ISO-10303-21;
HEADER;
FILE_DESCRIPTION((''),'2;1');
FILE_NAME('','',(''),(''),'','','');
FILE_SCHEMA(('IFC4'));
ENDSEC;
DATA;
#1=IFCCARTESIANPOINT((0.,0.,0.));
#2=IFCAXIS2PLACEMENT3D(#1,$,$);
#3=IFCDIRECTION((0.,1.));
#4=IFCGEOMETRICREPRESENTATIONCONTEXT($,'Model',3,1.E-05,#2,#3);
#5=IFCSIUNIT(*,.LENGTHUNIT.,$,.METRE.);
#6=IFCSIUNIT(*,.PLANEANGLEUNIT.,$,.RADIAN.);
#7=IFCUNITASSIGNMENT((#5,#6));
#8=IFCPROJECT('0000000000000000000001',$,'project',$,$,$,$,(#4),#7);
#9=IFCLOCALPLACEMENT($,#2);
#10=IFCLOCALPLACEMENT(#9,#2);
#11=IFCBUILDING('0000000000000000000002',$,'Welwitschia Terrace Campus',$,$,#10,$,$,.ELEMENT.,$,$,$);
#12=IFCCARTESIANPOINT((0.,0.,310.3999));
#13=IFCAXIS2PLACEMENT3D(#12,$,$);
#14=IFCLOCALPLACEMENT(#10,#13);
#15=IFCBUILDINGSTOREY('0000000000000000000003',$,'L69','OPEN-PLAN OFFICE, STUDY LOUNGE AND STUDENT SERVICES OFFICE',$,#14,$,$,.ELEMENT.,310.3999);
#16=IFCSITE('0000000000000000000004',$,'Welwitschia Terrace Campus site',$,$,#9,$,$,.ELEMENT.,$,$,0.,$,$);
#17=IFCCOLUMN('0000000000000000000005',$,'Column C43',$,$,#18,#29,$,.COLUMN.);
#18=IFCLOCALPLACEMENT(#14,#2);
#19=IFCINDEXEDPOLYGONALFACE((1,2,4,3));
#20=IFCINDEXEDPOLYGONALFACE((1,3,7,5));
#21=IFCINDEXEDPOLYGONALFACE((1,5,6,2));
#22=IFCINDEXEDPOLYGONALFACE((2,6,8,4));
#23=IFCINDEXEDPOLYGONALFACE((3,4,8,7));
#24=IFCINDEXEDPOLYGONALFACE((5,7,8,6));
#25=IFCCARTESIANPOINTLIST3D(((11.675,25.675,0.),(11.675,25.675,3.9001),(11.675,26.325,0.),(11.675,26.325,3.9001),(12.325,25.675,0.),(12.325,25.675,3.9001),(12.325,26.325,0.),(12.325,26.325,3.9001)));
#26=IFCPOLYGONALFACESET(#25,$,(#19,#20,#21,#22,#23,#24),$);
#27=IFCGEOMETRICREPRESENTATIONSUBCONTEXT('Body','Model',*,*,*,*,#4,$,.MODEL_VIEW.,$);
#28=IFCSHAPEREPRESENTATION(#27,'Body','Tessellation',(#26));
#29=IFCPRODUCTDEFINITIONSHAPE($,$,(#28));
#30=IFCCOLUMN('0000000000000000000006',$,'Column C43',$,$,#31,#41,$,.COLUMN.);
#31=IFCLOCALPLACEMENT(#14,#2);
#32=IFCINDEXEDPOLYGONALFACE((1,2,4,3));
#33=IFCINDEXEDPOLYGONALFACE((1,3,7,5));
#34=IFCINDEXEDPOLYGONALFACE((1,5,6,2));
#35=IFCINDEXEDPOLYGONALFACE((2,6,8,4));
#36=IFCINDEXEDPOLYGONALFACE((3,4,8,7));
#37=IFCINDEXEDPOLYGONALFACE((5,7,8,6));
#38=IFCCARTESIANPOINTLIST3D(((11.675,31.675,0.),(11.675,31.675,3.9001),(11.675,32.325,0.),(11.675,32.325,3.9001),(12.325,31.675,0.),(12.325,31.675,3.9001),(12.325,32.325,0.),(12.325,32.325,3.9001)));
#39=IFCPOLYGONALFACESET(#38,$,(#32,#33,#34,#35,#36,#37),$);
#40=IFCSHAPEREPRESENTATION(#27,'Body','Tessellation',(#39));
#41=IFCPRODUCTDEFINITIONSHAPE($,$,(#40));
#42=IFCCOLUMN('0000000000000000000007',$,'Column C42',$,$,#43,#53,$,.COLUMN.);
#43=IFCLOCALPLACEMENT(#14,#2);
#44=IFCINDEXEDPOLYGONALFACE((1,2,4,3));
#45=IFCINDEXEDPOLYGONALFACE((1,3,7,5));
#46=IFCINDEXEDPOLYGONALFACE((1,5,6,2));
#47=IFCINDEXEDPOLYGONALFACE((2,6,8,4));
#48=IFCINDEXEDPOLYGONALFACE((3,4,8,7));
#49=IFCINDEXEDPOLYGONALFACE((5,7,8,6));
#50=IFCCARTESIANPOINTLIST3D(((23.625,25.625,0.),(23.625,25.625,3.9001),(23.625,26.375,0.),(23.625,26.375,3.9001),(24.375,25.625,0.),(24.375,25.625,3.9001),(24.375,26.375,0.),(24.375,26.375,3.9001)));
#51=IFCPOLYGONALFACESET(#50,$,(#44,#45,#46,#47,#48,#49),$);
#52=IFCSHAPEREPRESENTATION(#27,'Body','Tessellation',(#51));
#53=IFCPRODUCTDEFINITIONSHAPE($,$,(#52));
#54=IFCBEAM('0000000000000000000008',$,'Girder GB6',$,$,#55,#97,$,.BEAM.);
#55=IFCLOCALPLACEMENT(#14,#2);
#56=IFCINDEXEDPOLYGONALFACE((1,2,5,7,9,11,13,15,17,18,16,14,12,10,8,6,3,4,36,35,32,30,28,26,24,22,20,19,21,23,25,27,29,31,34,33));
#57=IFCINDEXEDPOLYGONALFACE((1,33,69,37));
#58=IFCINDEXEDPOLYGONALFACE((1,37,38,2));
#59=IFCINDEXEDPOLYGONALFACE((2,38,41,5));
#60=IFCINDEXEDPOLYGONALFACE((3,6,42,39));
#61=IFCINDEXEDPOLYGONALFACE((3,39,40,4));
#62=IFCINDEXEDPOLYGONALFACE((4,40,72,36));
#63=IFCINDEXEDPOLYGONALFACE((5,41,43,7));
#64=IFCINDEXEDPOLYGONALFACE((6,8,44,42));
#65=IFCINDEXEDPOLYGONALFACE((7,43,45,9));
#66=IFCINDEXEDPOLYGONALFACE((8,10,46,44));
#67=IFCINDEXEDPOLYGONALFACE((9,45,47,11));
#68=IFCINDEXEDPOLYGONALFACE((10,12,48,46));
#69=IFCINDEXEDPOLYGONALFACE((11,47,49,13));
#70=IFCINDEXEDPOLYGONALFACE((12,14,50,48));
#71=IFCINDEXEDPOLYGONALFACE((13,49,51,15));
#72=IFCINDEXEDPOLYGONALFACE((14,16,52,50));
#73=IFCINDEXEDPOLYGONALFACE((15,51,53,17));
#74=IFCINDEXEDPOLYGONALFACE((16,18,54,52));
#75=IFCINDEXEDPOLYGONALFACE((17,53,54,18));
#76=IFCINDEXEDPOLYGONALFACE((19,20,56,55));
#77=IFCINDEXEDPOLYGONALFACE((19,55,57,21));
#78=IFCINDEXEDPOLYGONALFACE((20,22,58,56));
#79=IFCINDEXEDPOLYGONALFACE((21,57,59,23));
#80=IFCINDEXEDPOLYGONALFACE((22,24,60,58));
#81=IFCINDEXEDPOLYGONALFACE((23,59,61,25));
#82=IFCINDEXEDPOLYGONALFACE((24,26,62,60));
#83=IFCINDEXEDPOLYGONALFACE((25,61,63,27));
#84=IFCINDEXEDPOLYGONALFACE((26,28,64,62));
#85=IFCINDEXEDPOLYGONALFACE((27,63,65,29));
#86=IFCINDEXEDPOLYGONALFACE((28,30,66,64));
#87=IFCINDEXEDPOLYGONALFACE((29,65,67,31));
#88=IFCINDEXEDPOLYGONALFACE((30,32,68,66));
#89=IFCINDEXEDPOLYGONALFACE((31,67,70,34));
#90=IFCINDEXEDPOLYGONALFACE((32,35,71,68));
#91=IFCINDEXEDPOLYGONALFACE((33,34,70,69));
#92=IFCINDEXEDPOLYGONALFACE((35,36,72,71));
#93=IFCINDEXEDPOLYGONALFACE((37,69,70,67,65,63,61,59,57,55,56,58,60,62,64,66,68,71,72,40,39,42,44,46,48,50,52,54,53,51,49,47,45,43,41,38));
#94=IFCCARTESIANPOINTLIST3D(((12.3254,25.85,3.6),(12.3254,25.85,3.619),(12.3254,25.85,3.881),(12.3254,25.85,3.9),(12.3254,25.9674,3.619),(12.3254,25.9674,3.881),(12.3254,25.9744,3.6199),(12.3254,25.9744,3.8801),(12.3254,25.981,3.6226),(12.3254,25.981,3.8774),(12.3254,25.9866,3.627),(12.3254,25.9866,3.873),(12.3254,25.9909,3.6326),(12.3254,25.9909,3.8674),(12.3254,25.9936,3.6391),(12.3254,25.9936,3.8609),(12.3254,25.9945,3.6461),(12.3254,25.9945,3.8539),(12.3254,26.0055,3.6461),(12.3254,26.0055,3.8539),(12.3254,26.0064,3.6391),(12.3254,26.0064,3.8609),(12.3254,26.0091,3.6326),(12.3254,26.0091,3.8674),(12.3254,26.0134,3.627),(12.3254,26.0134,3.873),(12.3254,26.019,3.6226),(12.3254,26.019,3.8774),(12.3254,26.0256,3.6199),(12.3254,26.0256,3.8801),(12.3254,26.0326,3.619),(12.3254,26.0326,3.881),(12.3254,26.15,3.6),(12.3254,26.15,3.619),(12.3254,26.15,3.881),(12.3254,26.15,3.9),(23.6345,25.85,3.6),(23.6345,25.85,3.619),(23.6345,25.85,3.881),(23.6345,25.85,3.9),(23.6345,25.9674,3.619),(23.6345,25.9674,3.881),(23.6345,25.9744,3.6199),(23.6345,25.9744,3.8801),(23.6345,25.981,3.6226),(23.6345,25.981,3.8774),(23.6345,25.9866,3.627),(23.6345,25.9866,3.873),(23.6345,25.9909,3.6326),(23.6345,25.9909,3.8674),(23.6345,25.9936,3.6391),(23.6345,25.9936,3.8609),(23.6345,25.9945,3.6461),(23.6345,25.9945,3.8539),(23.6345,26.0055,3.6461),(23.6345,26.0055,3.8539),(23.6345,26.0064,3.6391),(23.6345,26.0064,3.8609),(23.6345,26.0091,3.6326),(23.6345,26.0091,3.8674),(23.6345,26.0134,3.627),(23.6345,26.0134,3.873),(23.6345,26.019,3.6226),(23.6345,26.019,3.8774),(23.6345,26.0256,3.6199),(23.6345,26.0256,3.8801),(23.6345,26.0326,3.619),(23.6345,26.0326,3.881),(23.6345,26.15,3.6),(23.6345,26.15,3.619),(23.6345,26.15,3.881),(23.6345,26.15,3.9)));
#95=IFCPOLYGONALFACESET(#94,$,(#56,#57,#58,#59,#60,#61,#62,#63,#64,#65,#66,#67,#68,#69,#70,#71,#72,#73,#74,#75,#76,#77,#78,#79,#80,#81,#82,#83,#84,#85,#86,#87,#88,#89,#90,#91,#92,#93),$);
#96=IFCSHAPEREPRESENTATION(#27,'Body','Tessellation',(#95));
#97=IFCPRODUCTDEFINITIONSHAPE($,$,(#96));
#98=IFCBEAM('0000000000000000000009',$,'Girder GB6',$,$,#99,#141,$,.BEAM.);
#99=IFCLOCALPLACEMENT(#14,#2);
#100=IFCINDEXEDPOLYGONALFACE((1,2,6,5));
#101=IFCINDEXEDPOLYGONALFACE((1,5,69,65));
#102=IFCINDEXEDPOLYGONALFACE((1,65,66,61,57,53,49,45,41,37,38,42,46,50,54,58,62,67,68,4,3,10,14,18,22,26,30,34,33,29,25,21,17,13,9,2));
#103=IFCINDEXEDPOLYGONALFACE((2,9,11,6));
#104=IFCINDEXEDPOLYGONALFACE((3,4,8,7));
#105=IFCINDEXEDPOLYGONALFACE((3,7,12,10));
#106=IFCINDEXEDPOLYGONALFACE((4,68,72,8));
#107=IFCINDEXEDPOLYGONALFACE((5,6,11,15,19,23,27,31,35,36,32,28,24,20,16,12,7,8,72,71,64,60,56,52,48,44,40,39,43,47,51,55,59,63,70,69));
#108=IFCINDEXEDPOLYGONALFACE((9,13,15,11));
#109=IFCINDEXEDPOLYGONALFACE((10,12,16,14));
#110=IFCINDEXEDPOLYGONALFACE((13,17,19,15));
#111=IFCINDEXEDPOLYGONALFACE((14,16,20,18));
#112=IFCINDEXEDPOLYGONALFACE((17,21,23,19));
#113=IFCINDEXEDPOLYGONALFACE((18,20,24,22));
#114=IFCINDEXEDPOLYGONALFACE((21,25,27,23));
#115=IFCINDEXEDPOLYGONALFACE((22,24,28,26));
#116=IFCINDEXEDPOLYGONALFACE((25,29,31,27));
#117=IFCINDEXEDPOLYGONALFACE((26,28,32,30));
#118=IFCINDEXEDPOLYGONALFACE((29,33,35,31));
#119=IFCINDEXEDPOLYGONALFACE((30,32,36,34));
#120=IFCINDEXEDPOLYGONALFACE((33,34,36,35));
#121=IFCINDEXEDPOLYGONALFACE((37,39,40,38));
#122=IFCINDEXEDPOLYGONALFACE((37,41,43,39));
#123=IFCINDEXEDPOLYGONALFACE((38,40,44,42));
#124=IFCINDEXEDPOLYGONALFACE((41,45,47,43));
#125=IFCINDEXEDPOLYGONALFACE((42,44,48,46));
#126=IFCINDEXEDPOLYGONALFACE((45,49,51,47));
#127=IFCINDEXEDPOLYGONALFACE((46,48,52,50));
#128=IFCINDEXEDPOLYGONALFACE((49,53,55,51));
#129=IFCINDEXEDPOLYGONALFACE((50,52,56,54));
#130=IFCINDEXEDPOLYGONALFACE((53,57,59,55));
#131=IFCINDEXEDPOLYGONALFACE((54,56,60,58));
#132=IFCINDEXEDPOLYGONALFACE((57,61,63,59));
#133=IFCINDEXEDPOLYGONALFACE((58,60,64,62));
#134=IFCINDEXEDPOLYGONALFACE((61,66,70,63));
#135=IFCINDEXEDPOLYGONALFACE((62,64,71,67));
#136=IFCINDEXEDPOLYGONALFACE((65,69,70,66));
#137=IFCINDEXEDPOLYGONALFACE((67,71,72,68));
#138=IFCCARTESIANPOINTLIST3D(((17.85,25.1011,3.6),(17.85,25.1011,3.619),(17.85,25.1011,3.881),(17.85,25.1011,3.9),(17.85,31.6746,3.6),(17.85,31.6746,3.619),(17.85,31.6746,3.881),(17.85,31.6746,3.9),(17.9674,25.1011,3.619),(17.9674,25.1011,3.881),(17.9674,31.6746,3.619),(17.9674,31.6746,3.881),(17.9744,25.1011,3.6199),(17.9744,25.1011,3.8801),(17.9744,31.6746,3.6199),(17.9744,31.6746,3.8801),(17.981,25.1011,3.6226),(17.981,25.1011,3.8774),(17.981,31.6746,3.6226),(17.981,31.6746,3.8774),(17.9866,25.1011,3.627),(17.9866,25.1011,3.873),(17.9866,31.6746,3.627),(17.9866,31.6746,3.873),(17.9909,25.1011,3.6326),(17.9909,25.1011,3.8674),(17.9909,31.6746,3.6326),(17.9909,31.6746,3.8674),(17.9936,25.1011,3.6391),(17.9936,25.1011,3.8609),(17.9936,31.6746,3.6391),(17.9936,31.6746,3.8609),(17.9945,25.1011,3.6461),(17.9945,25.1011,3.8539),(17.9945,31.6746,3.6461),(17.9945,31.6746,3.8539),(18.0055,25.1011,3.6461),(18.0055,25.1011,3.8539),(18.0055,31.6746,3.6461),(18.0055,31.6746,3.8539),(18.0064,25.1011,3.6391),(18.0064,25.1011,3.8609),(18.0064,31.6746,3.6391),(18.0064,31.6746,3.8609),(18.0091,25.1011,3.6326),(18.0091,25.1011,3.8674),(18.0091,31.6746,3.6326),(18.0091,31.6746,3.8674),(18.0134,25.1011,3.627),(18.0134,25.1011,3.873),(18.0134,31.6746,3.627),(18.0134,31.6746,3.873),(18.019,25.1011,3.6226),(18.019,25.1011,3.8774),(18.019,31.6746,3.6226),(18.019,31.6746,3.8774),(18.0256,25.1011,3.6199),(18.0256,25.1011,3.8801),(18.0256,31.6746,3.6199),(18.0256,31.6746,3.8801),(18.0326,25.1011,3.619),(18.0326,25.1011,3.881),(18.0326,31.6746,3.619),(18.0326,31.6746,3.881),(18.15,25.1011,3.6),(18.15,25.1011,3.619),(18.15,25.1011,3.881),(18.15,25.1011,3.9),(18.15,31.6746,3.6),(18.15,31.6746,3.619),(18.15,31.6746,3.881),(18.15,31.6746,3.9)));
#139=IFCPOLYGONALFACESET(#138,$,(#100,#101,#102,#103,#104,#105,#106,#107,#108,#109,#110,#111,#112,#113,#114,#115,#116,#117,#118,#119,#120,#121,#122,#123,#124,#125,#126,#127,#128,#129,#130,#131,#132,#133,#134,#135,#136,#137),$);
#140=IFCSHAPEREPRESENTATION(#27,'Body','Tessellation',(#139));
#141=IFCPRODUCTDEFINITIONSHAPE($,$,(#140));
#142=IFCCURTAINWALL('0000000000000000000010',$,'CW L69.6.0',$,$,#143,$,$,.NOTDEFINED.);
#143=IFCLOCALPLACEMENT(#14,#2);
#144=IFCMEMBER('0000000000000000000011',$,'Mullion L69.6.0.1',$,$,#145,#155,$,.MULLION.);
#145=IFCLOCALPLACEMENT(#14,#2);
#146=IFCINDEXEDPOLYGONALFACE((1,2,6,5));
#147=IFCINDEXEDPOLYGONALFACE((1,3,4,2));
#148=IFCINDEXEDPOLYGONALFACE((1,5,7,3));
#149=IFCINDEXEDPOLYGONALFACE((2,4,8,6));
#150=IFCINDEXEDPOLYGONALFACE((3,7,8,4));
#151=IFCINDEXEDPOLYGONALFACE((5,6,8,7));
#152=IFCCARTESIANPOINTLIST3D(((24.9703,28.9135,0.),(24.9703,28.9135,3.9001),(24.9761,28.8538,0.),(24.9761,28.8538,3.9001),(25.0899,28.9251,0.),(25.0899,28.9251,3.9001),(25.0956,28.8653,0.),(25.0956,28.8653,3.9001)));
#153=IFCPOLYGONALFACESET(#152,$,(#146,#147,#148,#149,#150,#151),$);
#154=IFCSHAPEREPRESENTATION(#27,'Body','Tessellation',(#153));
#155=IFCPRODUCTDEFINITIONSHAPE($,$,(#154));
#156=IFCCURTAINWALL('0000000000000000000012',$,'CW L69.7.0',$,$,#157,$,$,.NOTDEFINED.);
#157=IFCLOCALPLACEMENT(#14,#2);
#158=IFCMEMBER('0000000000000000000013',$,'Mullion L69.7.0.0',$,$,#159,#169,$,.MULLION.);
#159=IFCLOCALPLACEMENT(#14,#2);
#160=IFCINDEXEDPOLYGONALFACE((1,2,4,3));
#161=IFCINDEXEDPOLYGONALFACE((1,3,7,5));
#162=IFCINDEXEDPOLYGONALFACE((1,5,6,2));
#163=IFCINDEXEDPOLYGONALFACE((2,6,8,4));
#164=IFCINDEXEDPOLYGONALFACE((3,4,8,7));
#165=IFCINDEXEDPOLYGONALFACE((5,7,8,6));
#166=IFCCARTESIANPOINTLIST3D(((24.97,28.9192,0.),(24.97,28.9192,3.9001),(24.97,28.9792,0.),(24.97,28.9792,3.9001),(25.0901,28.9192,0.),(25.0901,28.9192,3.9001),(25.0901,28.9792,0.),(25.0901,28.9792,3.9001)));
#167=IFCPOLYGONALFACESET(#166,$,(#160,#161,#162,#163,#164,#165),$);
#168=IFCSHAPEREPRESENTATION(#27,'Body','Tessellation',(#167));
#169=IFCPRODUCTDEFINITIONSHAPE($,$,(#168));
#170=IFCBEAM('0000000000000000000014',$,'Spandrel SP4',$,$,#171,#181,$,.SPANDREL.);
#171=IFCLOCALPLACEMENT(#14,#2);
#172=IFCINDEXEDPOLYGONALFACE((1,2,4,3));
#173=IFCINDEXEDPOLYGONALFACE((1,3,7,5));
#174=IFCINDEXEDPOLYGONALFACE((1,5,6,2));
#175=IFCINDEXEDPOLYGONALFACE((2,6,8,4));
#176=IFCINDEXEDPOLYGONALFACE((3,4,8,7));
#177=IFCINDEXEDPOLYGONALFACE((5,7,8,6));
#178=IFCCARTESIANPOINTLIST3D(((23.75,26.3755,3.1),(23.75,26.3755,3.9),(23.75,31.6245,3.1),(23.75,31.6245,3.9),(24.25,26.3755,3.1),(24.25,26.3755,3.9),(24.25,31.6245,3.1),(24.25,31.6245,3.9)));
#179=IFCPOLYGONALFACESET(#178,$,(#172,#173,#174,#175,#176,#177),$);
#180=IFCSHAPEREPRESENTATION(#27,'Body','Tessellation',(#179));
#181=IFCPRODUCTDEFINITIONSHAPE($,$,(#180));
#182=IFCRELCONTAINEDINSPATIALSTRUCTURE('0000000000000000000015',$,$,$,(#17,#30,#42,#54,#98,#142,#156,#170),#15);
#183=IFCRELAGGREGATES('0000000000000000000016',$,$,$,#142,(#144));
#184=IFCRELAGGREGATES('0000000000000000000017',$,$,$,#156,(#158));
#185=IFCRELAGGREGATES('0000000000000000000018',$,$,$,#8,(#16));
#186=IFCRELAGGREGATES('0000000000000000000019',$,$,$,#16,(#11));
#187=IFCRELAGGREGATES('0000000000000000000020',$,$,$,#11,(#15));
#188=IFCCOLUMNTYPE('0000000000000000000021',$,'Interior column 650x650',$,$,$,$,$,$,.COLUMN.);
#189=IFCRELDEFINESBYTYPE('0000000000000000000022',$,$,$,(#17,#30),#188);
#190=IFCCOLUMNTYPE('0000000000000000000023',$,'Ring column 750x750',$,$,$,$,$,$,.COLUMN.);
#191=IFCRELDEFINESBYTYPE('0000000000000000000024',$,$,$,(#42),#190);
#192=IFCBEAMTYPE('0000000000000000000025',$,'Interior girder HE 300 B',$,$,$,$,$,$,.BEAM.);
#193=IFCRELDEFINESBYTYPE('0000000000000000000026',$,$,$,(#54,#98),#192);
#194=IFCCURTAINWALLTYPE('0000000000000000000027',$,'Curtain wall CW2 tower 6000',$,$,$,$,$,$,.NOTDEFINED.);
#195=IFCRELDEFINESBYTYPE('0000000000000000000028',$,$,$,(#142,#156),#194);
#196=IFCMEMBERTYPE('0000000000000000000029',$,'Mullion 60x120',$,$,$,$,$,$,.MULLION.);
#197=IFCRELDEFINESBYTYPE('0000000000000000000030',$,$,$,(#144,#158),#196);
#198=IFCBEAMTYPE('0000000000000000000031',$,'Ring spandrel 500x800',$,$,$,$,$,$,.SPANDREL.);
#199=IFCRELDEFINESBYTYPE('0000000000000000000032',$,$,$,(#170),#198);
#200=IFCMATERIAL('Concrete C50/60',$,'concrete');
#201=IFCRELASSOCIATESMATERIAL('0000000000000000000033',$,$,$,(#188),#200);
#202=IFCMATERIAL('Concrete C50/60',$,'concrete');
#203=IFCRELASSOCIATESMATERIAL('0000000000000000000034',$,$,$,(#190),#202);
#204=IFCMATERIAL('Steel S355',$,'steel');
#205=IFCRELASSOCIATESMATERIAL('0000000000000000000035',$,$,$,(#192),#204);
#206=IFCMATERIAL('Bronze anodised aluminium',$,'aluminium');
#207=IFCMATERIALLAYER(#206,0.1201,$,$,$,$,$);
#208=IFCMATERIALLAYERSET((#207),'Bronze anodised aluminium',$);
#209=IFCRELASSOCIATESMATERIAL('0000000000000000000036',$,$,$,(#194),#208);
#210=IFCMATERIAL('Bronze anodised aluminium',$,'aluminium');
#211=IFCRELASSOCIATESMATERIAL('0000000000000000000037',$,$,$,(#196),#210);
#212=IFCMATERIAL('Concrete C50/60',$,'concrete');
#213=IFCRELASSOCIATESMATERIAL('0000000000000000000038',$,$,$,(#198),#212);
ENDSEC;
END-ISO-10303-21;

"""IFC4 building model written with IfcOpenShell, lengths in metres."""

from ifc_helpers import new_model, si_unit, direction, frame, origin, origin_2d, place, context, subcontext, project, spatial, rectangle, i_section, extrude, material, layer, layer_set, material_profile, profile_set, type_object, element, aggregate, save


model = new_model("IFC4")

# Units and contexts
model_context = context("Model", 3, precision=1e-05, world=origin(), true_north=direction((0.0, 1.0)))
body_context = subcontext(model_context, "Body", "Model", "MODEL_VIEW")
ifc_project = project(units=[si_unit("LENGTHUNIT", "METRE"), si_unit("PLANEANGLEUNIT", "RADIAN")], contexts=[model_context])

# Site, building, storey
site_placement = place(None, origin())
site = spatial("IfcSite", under=ifc_project, at=site_placement, Name="Welwitschia Terrace Campus site", CompositionType="ELEMENT", RefElevation=0.0)
building_placement = place(site_placement, origin())
building = spatial("IfcBuilding", under=site, at=building_placement, Name="Welwitschia Terrace Campus", CompositionType="ELEMENT")
storey_placement = place(building_placement, frame((0.0, 0.0, 310.3999)))
storey = spatial("IfcBuildingStorey", under=building, at=storey_placement, Name="L69", Description="OPEN-PLAN OFFICE, STUDY LOUNGE AND STUDENT SERVICES OFFICE", CompositionType="ELEMENT", Elevation=310.3999)

# Columns
ifc_material_1 = material(Name="Concrete C50/60", Category="concrete")
ifc_material_profile_1 = material_profile(ifc_material_1, rectangle(XDim=0.6499, YDim=0.6499, at=origin_2d()))
ifc_profile_set_1 = profile_set([ifc_material_profile_1], Name="Concrete C50/60")
column_type_1 = type_object("IfcColumnType", Name="Interior column 650x650", PredefinedType="COLUMN", material=ifc_profile_set_1)
for number, where, z_axis, x_axis, name in (
    (1, (12.0, 26.0, 0.0), (0.0, 0.0, 1.0), (1.0, 0.0, 0.0), "Column C43"),
    (2, (12.0, 32.0, 0.0), (0.0, 0.0, 1.0), (1.0, 0.0, 0.0), "Column C43"),
):
    element("IfcColumn", number, at=place(storey_placement, frame(where, z_axis=z_axis, x_axis=x_axis)), inside=storey, type_object=column_type_1, Name=name, PredefinedType="COLUMN", context=body_context, shape_type="SweptSolid", body=[
        extrude(rectangle(XDim=0.6499, YDim=0.6499, at=origin_2d()), origin(), (0.0, 0.0, 1.0), 3.9001),
    ])
ifc_material_2 = material(Name="Concrete C50/60", Category="concrete")
ifc_material_profile_2 = material_profile(ifc_material_2, rectangle(XDim=0.75, YDim=0.75, at=origin_2d()))
ifc_profile_set_2 = profile_set([ifc_material_profile_2], Name="Concrete C50/60")
column_type_2 = type_object("IfcColumnType", Name="Ring column 750x750", PredefinedType="COLUMN", material=ifc_profile_set_2)
column_placement = place(storey_placement, frame((24.0, 26.0, 0.0), z_axis=(0.0, 0.0, 1.0), x_axis=(1.0, 0.0, 0.0)))
element("IfcColumn", 3, at=column_placement, inside=storey, type_object=column_type_2, Name="Column C42", PredefinedType="COLUMN", context=body_context, shape_type="SweptSolid", body=[
    extrude(rectangle(XDim=0.75, YDim=0.75, at=origin_2d()), origin(), (0.0, 0.0, 1.0), 3.9001),
])

# Beams
ifc_material_3 = material(Name="Steel S355", Category="steel")
ifc_material_profile_3 = material_profile(ifc_material_3, i_section(OverallWidth=0.3, OverallDepth=0.3, WebThickness=0.011, FlangeThickness=0.019, FilletRadius=0.0271, at=origin_2d()))
ifc_profile_set_3 = profile_set([ifc_material_profile_3], Name="Steel S355")
beam_type_1 = type_object("IfcBeamType", Name="Interior girder HE 300 B", PredefinedType="BEAM", material=ifc_profile_set_3)
beam_1_placement = place(storey_placement, frame((12.3254, 26.0, 3.75), z_axis=(1.0, 0.0, 0.0), x_axis=(0.0, 1.0, 0.0)))
element("IfcBeam", 4, at=beam_1_placement, inside=storey, type_object=beam_type_1, Name="Girder GB6", PredefinedType="BEAM", context=body_context, shape_type="SweptSolid", body=[
    extrude(i_section(OverallWidth=0.3, OverallDepth=0.3, WebThickness=0.011, FlangeThickness=0.019, FilletRadius=0.0271, at=origin_2d()), origin(), (0.0, 0.0, 1.0), 11.3091),
])
beam_2_placement = place(storey_placement, frame((18.0, 25.1011, 3.75), z_axis=(0.0, 1.0, 0.0), x_axis=(-1.0, 0.0, 0.0)))
element("IfcBeam", 5, at=beam_2_placement, inside=storey, type_object=beam_type_1, Name="Girder GB6", PredefinedType="BEAM", context=body_context, shape_type="SweptSolid", body=[
    extrude(i_section(OverallWidth=0.3, OverallDepth=0.3, WebThickness=0.011, FlangeThickness=0.019, FilletRadius=0.0271, at=origin_2d()), origin(), (0.0, 0.0, 1.0), 6.5735),
])

# Curtain walls, members
ifc_material_4 = material(Name="Bronze anodised aluminium", Category="aluminium")
ifc_layer_1 = layer(ifc_material_4, 0.1201)
ifc_layer_set_1 = layer_set([ifc_layer_1], Name="Bronze anodised aluminium")
curtain_wall_type = type_object("IfcCurtainWallType", Name="Curtain wall CW2 tower 6000", PredefinedType="NOTDEFINED", material=ifc_layer_set_1)
curtain_wall_1_placement = place(storey_placement, origin())
curtain_wall_1 = element("IfcCurtainWall", 6, at=curtain_wall_1_placement, inside=storey, type_object=curtain_wall_type, Name="CW L69.6.0", PredefinedType="NOTDEFINED")
ifc_material_5 = material(Name="Bronze anodised aluminium", Category="aluminium")
ifc_material_profile_4 = material_profile(ifc_material_5, rectangle(XDim=0.1201, YDim=0.0601, at=origin_2d()))
ifc_profile_set_4 = profile_set([ifc_material_profile_4], Name="Bronze anodised aluminium")
member_type_1 = type_object("IfcMemberType", Name="Mullion 60x120", PredefinedType="MULLION", material=ifc_profile_set_4)
member_1_placement = place(storey_placement, frame((25.033, 28.8894, 0.0), z_axis=(0.0, 0.0, 1.0), x_axis=(-0.995396, -0.095846, 0.0)))
member_1 = element("IfcMember", 7, at=member_1_placement, type_object=member_type_1, Name="Mullion L69.6.0.1", PredefinedType="MULLION", context=body_context, shape_type="SweptSolid", body=[
    extrude(rectangle(XDim=0.1201, YDim=0.0601, at=origin_2d()), origin(), (0.0, 0.0, 1.0), 3.9001),
])
curtain_wall_2_placement = place(storey_placement, origin())
curtain_wall_2 = element("IfcCurtainWall", 8, at=curtain_wall_2_placement, inside=storey, type_object=curtain_wall_type, Name="CW L69.7.0", PredefinedType="NOTDEFINED")
member_2_placement = place(storey_placement, frame((25.03, 28.9492, 0.0), z_axis=(0.0, 0.0, 1.0), x_axis=(-1.0, 0.0, 0.0)))
member_2 = element("IfcMember", 9, at=member_2_placement, type_object=member_type_1, Name="Mullion L69.7.0.0", PredefinedType="MULLION", context=body_context, shape_type="SweptSolid", body=[
    extrude(rectangle(XDim=0.1201, YDim=0.0601, at=origin_2d()), origin(), (0.0, 0.0, 1.0), 3.9001),
])

# Beam
ifc_material_6 = material(Name="Concrete C50/60", Category="concrete")
ifc_material_profile_5 = material_profile(ifc_material_6, rectangle(XDim=0.5, YDim=0.8, at=origin_2d()))
ifc_profile_set_5 = profile_set([ifc_material_profile_5], Name="Concrete C50/60")
beam_type_2 = type_object("IfcBeamType", Name="Ring spandrel 500x800", PredefinedType="SPANDREL", material=ifc_profile_set_5)
beam_3_placement = place(storey_placement, frame((24.0, 26.3755, 3.5), z_axis=(0.0, 1.0, 0.0), x_axis=(-1.0, 0.0, 0.0)))
element("IfcBeam", 10, at=beam_3_placement, inside=storey, type_object=beam_type_2, Name="Spandrel SP4", PredefinedType="SPANDREL", context=body_context, shape_type="SweptSolid", body=[
    extrude(rectangle(XDim=0.5, YDim=0.8, at=origin_2d()), origin(), (0.0, 0.0, 1.0), 5.249),
])

aggregate(curtain_wall_1, [member_1])
aggregate(curtain_wall_2, [member_2])

save(model, "model.ifc")
